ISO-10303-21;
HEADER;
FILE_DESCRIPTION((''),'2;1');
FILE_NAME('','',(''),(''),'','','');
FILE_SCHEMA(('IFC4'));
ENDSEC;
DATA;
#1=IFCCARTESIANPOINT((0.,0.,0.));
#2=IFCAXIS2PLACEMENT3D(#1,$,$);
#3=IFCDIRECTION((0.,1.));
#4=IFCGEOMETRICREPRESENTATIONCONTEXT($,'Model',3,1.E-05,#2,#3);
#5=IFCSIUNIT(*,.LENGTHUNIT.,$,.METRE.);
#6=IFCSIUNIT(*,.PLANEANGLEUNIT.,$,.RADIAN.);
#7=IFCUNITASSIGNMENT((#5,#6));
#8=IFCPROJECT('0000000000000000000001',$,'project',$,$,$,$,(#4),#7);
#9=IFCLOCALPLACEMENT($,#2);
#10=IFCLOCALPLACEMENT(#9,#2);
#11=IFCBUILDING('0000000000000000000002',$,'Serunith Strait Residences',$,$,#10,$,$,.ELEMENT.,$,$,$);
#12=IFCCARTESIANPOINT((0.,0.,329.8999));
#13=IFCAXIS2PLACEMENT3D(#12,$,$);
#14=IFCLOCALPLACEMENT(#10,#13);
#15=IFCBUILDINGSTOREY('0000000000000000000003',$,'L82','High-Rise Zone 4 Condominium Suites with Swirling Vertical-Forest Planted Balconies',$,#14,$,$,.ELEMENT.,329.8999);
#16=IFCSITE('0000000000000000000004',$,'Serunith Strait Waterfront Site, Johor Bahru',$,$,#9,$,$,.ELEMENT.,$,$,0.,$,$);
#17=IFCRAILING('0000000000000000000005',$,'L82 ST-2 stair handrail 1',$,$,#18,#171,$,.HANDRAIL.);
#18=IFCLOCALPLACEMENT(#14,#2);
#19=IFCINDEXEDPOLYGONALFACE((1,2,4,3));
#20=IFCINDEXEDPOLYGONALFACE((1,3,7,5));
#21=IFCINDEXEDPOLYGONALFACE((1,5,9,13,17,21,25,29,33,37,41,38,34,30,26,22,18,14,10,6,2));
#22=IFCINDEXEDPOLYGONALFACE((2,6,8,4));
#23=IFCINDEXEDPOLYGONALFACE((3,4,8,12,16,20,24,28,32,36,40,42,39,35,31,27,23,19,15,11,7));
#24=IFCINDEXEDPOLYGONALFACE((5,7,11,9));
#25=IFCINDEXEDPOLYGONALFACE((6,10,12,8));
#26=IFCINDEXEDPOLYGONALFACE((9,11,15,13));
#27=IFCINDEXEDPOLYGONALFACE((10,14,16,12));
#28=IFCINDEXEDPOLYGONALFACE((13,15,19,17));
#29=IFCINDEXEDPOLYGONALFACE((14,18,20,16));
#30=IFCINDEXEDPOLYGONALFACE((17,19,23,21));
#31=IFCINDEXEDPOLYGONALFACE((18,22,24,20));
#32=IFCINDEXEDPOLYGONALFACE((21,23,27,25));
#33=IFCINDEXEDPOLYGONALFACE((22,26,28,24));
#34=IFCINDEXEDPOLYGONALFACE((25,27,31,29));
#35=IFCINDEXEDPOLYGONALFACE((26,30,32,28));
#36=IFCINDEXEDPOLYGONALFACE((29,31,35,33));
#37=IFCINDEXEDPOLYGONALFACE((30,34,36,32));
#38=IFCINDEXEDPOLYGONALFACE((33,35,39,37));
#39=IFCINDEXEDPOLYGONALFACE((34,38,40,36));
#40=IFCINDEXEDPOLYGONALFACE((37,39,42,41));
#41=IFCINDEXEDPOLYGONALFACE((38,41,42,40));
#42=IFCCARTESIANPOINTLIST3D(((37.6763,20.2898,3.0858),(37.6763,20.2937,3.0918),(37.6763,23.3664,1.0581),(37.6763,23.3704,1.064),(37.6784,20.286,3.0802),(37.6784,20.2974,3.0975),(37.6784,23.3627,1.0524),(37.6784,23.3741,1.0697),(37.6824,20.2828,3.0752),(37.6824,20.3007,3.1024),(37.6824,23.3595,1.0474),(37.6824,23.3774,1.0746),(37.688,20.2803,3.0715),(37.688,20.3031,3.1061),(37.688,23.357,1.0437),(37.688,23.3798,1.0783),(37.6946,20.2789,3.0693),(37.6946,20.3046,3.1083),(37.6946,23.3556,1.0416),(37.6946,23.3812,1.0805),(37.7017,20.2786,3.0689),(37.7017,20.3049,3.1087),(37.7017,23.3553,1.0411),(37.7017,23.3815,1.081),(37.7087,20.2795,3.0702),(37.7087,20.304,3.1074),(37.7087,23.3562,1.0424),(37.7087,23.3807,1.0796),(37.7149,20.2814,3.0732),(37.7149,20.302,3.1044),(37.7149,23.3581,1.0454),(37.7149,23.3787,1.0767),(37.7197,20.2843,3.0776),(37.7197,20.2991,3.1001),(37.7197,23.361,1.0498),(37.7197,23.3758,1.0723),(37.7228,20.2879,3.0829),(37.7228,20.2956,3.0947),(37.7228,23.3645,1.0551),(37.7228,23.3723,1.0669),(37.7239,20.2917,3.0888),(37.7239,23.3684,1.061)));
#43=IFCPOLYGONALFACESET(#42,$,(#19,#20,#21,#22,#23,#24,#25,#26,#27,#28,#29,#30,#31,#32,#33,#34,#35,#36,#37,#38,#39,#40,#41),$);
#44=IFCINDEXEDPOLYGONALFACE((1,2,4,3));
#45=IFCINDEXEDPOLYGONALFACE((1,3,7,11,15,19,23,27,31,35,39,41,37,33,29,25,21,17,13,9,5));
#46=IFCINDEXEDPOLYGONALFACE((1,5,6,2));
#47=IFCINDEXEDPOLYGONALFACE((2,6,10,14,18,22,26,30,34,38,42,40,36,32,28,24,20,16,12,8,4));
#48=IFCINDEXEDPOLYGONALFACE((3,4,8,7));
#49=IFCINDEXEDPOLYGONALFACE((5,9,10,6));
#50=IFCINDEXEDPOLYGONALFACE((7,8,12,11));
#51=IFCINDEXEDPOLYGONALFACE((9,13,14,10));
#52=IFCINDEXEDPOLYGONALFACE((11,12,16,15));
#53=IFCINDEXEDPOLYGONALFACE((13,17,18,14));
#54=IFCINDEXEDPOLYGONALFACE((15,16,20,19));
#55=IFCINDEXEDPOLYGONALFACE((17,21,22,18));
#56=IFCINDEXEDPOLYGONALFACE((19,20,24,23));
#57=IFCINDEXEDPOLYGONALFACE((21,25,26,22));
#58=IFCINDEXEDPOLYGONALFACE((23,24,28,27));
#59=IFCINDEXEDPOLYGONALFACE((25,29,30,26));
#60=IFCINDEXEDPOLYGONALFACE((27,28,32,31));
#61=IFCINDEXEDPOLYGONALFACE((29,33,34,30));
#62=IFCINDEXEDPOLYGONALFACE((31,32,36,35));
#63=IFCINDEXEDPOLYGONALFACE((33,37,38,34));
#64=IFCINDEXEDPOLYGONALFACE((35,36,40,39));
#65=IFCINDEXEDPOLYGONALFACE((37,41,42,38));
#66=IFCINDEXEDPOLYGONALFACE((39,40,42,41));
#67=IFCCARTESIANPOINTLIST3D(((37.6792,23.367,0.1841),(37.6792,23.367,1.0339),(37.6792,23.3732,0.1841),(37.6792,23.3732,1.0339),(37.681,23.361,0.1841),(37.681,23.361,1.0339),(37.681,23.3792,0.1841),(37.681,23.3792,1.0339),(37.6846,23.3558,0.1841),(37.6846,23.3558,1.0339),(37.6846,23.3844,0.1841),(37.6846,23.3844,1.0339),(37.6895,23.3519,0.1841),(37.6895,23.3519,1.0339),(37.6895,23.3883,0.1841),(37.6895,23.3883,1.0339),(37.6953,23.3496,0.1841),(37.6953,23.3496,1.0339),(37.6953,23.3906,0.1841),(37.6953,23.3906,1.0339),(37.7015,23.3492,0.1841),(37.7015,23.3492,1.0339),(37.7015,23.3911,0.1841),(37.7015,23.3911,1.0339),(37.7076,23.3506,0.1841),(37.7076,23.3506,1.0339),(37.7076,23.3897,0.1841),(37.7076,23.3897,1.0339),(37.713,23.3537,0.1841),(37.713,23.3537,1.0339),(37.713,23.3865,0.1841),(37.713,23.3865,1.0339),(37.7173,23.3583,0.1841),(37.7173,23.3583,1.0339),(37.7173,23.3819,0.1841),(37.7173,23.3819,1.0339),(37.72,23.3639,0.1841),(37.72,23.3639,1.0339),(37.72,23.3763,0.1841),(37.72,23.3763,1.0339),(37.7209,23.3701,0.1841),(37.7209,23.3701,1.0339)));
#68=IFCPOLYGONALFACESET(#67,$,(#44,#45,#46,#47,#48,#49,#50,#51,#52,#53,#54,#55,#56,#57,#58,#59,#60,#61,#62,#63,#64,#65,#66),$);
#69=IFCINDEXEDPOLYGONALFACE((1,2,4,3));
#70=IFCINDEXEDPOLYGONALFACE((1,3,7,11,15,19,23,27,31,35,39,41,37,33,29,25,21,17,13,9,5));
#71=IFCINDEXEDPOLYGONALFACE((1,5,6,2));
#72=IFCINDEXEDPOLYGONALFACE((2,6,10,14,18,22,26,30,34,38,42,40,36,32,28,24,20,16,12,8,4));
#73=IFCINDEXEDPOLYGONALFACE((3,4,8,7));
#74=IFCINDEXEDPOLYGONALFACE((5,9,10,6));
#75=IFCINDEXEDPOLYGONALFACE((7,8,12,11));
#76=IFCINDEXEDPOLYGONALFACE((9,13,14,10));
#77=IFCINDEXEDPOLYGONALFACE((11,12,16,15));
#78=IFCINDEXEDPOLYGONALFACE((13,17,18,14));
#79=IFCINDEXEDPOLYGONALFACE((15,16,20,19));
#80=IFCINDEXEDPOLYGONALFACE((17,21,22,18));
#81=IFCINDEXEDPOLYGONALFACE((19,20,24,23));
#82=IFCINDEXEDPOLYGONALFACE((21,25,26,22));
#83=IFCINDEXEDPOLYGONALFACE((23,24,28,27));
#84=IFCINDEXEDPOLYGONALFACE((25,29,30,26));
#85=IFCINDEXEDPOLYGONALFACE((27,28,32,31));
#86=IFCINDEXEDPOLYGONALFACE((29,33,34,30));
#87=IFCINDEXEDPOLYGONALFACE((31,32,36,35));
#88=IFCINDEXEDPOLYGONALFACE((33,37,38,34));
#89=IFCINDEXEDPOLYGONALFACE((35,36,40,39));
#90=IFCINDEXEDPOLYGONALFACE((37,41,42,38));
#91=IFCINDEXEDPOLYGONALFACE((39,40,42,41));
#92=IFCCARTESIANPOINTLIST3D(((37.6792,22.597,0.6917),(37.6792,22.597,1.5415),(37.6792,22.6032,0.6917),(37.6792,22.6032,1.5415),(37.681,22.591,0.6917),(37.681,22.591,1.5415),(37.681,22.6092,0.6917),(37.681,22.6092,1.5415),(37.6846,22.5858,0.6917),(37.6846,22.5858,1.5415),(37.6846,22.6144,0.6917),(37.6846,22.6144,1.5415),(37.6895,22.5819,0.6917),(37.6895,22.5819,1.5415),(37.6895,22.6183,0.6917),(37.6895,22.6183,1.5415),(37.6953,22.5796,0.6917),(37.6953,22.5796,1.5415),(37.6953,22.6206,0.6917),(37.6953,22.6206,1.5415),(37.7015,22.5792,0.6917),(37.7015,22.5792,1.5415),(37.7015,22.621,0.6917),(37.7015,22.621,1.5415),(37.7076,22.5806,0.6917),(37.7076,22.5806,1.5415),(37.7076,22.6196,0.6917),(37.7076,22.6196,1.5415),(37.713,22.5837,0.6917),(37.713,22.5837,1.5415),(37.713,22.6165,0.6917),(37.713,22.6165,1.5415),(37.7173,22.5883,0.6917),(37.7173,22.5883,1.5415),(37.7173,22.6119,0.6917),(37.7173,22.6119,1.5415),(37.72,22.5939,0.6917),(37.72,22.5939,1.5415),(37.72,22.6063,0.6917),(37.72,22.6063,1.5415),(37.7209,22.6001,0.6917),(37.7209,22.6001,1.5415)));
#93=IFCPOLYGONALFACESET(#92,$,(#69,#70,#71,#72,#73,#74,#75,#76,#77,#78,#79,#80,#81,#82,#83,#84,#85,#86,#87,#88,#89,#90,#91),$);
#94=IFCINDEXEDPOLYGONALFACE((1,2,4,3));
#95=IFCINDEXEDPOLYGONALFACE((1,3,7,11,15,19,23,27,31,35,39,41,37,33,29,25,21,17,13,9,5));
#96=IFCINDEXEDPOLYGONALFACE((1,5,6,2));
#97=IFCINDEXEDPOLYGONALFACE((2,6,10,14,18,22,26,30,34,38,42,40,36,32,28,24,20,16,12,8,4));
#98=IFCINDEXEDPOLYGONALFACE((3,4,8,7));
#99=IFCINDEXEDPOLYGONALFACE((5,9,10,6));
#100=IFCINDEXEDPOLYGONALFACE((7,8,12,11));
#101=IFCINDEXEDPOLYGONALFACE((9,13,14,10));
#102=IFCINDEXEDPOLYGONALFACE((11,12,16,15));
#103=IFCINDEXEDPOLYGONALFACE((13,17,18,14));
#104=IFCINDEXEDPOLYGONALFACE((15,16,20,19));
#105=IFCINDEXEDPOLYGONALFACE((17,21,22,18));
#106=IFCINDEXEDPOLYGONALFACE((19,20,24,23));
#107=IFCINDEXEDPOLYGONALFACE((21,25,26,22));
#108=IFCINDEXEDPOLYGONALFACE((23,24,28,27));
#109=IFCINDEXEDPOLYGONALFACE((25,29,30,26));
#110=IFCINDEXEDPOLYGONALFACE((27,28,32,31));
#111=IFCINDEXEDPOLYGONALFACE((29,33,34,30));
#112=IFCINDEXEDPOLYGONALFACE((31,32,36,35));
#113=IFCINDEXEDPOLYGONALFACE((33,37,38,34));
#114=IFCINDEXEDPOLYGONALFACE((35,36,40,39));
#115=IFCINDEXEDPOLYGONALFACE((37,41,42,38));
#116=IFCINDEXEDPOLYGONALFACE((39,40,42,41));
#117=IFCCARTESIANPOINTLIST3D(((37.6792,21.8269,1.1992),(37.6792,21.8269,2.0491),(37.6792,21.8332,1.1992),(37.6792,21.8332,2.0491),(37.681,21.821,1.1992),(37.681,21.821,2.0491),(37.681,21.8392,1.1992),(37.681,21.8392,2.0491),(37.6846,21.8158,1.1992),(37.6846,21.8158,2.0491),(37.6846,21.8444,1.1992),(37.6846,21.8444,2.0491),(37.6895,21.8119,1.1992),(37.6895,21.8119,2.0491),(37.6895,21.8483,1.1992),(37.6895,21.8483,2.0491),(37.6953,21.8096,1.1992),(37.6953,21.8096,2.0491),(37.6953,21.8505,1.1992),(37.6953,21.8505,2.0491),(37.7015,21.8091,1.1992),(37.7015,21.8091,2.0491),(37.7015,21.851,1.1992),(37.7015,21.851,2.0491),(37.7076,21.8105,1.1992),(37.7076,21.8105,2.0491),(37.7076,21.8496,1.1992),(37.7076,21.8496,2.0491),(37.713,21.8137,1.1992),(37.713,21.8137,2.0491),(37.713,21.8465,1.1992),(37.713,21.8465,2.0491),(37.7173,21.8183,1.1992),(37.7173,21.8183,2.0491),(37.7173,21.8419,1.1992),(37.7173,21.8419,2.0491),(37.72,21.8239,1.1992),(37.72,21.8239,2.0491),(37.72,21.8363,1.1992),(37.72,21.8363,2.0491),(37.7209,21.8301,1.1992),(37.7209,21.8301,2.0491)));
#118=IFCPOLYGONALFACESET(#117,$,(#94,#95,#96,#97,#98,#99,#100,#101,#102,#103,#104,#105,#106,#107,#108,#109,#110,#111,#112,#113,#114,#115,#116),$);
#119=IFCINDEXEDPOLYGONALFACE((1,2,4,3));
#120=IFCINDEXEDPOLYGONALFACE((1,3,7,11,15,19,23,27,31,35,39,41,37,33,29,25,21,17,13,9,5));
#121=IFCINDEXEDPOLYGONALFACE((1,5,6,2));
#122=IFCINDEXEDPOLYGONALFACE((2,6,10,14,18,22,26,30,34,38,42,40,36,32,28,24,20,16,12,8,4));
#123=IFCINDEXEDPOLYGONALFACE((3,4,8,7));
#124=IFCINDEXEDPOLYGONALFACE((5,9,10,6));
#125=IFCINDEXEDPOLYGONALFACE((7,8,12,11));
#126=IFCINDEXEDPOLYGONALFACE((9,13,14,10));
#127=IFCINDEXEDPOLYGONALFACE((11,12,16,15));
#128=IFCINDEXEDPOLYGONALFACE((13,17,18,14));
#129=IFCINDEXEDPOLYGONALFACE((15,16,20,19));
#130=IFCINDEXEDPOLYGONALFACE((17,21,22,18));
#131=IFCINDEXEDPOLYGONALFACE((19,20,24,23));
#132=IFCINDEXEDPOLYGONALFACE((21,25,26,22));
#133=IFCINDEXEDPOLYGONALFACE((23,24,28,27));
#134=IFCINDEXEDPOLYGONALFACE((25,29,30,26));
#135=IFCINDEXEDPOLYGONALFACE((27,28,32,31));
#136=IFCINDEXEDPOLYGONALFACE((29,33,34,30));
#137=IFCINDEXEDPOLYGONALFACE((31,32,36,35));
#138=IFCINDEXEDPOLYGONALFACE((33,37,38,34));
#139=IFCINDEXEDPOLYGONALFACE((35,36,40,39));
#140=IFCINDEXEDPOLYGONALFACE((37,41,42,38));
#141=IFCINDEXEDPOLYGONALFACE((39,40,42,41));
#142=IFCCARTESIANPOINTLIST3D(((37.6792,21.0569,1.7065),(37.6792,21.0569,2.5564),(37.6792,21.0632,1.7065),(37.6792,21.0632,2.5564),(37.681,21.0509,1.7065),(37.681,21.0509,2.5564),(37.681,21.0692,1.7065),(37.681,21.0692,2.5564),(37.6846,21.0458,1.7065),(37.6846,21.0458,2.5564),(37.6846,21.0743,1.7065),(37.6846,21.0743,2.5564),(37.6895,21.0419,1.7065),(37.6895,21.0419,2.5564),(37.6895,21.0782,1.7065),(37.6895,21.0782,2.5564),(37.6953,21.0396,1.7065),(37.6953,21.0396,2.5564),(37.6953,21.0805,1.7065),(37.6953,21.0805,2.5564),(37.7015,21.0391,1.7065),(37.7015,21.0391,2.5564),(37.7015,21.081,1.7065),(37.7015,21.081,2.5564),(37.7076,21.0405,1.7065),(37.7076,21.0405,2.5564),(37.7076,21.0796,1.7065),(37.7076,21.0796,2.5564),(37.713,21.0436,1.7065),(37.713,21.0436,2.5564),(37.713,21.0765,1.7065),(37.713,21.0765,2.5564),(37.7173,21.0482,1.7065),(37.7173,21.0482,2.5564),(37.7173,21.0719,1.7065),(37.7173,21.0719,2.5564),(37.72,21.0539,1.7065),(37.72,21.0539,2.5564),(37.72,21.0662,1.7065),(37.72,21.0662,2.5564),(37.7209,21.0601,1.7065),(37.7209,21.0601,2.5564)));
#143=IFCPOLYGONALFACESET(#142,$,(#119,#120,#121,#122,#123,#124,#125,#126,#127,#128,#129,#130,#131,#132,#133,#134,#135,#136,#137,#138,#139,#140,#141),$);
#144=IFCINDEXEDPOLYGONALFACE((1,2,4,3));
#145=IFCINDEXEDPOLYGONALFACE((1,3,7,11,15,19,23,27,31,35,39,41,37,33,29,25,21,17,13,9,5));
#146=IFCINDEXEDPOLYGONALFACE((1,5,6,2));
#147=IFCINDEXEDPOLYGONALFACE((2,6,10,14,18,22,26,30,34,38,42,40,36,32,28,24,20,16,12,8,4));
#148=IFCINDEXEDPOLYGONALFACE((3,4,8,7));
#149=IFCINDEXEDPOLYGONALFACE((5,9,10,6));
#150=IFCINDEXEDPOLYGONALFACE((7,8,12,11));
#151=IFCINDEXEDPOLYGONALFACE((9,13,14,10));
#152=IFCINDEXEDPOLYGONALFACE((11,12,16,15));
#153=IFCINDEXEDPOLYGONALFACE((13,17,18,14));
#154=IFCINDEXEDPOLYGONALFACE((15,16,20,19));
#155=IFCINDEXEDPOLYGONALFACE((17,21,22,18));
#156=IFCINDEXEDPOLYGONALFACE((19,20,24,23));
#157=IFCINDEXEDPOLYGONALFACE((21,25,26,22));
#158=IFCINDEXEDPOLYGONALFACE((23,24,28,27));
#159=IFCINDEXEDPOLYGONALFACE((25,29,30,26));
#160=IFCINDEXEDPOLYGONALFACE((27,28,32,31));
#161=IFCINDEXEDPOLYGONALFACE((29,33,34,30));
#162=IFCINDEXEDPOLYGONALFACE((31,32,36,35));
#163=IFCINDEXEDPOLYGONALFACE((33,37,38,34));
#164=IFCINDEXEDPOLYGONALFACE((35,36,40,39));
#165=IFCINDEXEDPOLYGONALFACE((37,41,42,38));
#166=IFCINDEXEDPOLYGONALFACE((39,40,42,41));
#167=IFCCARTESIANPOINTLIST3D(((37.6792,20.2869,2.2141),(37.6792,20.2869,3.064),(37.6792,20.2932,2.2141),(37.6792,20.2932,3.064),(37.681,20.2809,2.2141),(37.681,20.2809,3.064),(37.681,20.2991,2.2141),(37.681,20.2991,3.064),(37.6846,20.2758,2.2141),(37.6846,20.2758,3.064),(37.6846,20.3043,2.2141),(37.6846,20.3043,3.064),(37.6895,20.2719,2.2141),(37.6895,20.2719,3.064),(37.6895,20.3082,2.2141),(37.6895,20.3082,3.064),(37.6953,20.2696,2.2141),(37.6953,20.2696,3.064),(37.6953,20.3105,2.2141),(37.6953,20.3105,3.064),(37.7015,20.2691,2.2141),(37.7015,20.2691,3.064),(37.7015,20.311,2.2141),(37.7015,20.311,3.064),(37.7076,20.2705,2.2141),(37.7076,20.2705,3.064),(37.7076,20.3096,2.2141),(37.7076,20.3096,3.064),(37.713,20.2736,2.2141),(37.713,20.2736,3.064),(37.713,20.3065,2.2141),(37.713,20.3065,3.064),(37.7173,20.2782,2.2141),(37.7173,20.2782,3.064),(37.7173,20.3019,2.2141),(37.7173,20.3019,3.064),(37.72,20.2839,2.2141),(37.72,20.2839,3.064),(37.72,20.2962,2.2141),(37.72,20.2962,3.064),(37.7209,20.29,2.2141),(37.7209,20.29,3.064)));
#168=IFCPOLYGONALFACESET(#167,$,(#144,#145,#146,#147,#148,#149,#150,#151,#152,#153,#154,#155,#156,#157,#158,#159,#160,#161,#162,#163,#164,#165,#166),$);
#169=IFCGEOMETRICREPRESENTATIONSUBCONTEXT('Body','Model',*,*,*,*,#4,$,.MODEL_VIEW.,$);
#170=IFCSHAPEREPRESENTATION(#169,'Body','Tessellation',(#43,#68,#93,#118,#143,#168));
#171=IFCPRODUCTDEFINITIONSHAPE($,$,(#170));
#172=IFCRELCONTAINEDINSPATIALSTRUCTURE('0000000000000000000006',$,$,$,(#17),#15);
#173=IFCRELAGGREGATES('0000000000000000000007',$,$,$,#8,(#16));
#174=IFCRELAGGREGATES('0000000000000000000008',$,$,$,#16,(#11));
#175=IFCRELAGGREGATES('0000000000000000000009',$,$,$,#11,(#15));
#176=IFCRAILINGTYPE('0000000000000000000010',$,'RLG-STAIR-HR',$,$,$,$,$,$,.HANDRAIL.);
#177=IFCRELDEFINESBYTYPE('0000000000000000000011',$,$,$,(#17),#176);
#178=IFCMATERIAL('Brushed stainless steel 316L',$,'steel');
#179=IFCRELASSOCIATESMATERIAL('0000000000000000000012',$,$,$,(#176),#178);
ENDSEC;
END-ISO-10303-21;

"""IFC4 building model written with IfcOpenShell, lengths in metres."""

from ifc_helpers import new_model, si_unit, direction, frame, origin, origin_2d, place, context, subcontext, project, spatial, circle, extrude, material, type_object, element, save


model = new_model("IFC4")

# Units and contexts
model_context = context("Model", 3, precision=1e-05, world=origin(), true_north=direction((0.0, 1.0)))
body_context = subcontext(model_context, "Body", "Model", "MODEL_VIEW")
ifc_project = project(units=[si_unit("LENGTHUNIT", "METRE"), si_unit("PLANEANGLEUNIT", "RADIAN")], contexts=[model_context])

# Site, building, storey
site_placement = place(None, origin())
site = spatial("IfcSite", under=ifc_project, at=site_placement, Name="Serunith Strait Waterfront Site, Johor Bahru", CompositionType="ELEMENT", RefElevation=0.0)
building_placement = place(site_placement, origin())
building = spatial("IfcBuilding", under=site, at=building_placement, Name="Serunith Strait Residences", CompositionType="ELEMENT")
storey_placement = place(building_placement, frame((0.0, 0.0, 329.8999)))
storey = spatial("IfcBuildingStorey", under=building, at=storey_placement, Name="L82", Description="High-Rise Zone 4 Condominium Suites with Swirling Vertical-Forest Planted Balconies", CompositionType="ELEMENT", Elevation=329.8999)

# Railing
ifc_material_1 = material(Name="Brushed stainless steel 316L", Category="steel")
railing_type_1 = type_object("IfcRailingType", Name="RLG-STAIR-HR", PredefinedType="HANDRAIL", material=ifc_material_1)
railing_1_placement = place(storey_placement, frame((37.7, 23.3701, 0.1841)))
element("IfcRailing", 1, at=railing_1_placement, inside=storey, type_object=railing_type_1, Name="L82 ST-2 stair handrail 1", PredefinedType="HANDRAIL", context=body_context, shape_type="SweptSolid", body=[
    extrude(circle(Radius=0.0239, at=origin_2d()), frame((0.0, -0.0017, 0.877), z_axis=(0.0, -0.834961, 0.550309), x_axis=(1.0, 0.0, 0.0)), (0.0, 0.0, 1.0), 3.6848),
    extrude(circle(Radius=0.021, at=origin_2d()), origin(), (0.0, 0.0, 1.0), 0.8499),
    extrude(circle(Radius=0.021, at=origin_2d()), frame((0.0, -0.77, 0.5076)), (0.0, 0.0, 1.0), 0.8499),
    extrude(circle(Radius=0.021, at=origin_2d()), frame((0.0, -1.54, 1.0151)), (0.0, 0.0, 1.0), 0.8499),
    extrude(circle(Radius=0.021, at=origin_2d()), frame((0.0, -2.3101, 1.5225)), (0.0, 0.0, 1.0), 0.8499),
    extrude(circle(Radius=0.021, at=origin_2d()), frame((0.0, -3.0801, 2.03)), (0.0, 0.0, 1.0), 0.8499),
])

save(model, "model.ifc")
